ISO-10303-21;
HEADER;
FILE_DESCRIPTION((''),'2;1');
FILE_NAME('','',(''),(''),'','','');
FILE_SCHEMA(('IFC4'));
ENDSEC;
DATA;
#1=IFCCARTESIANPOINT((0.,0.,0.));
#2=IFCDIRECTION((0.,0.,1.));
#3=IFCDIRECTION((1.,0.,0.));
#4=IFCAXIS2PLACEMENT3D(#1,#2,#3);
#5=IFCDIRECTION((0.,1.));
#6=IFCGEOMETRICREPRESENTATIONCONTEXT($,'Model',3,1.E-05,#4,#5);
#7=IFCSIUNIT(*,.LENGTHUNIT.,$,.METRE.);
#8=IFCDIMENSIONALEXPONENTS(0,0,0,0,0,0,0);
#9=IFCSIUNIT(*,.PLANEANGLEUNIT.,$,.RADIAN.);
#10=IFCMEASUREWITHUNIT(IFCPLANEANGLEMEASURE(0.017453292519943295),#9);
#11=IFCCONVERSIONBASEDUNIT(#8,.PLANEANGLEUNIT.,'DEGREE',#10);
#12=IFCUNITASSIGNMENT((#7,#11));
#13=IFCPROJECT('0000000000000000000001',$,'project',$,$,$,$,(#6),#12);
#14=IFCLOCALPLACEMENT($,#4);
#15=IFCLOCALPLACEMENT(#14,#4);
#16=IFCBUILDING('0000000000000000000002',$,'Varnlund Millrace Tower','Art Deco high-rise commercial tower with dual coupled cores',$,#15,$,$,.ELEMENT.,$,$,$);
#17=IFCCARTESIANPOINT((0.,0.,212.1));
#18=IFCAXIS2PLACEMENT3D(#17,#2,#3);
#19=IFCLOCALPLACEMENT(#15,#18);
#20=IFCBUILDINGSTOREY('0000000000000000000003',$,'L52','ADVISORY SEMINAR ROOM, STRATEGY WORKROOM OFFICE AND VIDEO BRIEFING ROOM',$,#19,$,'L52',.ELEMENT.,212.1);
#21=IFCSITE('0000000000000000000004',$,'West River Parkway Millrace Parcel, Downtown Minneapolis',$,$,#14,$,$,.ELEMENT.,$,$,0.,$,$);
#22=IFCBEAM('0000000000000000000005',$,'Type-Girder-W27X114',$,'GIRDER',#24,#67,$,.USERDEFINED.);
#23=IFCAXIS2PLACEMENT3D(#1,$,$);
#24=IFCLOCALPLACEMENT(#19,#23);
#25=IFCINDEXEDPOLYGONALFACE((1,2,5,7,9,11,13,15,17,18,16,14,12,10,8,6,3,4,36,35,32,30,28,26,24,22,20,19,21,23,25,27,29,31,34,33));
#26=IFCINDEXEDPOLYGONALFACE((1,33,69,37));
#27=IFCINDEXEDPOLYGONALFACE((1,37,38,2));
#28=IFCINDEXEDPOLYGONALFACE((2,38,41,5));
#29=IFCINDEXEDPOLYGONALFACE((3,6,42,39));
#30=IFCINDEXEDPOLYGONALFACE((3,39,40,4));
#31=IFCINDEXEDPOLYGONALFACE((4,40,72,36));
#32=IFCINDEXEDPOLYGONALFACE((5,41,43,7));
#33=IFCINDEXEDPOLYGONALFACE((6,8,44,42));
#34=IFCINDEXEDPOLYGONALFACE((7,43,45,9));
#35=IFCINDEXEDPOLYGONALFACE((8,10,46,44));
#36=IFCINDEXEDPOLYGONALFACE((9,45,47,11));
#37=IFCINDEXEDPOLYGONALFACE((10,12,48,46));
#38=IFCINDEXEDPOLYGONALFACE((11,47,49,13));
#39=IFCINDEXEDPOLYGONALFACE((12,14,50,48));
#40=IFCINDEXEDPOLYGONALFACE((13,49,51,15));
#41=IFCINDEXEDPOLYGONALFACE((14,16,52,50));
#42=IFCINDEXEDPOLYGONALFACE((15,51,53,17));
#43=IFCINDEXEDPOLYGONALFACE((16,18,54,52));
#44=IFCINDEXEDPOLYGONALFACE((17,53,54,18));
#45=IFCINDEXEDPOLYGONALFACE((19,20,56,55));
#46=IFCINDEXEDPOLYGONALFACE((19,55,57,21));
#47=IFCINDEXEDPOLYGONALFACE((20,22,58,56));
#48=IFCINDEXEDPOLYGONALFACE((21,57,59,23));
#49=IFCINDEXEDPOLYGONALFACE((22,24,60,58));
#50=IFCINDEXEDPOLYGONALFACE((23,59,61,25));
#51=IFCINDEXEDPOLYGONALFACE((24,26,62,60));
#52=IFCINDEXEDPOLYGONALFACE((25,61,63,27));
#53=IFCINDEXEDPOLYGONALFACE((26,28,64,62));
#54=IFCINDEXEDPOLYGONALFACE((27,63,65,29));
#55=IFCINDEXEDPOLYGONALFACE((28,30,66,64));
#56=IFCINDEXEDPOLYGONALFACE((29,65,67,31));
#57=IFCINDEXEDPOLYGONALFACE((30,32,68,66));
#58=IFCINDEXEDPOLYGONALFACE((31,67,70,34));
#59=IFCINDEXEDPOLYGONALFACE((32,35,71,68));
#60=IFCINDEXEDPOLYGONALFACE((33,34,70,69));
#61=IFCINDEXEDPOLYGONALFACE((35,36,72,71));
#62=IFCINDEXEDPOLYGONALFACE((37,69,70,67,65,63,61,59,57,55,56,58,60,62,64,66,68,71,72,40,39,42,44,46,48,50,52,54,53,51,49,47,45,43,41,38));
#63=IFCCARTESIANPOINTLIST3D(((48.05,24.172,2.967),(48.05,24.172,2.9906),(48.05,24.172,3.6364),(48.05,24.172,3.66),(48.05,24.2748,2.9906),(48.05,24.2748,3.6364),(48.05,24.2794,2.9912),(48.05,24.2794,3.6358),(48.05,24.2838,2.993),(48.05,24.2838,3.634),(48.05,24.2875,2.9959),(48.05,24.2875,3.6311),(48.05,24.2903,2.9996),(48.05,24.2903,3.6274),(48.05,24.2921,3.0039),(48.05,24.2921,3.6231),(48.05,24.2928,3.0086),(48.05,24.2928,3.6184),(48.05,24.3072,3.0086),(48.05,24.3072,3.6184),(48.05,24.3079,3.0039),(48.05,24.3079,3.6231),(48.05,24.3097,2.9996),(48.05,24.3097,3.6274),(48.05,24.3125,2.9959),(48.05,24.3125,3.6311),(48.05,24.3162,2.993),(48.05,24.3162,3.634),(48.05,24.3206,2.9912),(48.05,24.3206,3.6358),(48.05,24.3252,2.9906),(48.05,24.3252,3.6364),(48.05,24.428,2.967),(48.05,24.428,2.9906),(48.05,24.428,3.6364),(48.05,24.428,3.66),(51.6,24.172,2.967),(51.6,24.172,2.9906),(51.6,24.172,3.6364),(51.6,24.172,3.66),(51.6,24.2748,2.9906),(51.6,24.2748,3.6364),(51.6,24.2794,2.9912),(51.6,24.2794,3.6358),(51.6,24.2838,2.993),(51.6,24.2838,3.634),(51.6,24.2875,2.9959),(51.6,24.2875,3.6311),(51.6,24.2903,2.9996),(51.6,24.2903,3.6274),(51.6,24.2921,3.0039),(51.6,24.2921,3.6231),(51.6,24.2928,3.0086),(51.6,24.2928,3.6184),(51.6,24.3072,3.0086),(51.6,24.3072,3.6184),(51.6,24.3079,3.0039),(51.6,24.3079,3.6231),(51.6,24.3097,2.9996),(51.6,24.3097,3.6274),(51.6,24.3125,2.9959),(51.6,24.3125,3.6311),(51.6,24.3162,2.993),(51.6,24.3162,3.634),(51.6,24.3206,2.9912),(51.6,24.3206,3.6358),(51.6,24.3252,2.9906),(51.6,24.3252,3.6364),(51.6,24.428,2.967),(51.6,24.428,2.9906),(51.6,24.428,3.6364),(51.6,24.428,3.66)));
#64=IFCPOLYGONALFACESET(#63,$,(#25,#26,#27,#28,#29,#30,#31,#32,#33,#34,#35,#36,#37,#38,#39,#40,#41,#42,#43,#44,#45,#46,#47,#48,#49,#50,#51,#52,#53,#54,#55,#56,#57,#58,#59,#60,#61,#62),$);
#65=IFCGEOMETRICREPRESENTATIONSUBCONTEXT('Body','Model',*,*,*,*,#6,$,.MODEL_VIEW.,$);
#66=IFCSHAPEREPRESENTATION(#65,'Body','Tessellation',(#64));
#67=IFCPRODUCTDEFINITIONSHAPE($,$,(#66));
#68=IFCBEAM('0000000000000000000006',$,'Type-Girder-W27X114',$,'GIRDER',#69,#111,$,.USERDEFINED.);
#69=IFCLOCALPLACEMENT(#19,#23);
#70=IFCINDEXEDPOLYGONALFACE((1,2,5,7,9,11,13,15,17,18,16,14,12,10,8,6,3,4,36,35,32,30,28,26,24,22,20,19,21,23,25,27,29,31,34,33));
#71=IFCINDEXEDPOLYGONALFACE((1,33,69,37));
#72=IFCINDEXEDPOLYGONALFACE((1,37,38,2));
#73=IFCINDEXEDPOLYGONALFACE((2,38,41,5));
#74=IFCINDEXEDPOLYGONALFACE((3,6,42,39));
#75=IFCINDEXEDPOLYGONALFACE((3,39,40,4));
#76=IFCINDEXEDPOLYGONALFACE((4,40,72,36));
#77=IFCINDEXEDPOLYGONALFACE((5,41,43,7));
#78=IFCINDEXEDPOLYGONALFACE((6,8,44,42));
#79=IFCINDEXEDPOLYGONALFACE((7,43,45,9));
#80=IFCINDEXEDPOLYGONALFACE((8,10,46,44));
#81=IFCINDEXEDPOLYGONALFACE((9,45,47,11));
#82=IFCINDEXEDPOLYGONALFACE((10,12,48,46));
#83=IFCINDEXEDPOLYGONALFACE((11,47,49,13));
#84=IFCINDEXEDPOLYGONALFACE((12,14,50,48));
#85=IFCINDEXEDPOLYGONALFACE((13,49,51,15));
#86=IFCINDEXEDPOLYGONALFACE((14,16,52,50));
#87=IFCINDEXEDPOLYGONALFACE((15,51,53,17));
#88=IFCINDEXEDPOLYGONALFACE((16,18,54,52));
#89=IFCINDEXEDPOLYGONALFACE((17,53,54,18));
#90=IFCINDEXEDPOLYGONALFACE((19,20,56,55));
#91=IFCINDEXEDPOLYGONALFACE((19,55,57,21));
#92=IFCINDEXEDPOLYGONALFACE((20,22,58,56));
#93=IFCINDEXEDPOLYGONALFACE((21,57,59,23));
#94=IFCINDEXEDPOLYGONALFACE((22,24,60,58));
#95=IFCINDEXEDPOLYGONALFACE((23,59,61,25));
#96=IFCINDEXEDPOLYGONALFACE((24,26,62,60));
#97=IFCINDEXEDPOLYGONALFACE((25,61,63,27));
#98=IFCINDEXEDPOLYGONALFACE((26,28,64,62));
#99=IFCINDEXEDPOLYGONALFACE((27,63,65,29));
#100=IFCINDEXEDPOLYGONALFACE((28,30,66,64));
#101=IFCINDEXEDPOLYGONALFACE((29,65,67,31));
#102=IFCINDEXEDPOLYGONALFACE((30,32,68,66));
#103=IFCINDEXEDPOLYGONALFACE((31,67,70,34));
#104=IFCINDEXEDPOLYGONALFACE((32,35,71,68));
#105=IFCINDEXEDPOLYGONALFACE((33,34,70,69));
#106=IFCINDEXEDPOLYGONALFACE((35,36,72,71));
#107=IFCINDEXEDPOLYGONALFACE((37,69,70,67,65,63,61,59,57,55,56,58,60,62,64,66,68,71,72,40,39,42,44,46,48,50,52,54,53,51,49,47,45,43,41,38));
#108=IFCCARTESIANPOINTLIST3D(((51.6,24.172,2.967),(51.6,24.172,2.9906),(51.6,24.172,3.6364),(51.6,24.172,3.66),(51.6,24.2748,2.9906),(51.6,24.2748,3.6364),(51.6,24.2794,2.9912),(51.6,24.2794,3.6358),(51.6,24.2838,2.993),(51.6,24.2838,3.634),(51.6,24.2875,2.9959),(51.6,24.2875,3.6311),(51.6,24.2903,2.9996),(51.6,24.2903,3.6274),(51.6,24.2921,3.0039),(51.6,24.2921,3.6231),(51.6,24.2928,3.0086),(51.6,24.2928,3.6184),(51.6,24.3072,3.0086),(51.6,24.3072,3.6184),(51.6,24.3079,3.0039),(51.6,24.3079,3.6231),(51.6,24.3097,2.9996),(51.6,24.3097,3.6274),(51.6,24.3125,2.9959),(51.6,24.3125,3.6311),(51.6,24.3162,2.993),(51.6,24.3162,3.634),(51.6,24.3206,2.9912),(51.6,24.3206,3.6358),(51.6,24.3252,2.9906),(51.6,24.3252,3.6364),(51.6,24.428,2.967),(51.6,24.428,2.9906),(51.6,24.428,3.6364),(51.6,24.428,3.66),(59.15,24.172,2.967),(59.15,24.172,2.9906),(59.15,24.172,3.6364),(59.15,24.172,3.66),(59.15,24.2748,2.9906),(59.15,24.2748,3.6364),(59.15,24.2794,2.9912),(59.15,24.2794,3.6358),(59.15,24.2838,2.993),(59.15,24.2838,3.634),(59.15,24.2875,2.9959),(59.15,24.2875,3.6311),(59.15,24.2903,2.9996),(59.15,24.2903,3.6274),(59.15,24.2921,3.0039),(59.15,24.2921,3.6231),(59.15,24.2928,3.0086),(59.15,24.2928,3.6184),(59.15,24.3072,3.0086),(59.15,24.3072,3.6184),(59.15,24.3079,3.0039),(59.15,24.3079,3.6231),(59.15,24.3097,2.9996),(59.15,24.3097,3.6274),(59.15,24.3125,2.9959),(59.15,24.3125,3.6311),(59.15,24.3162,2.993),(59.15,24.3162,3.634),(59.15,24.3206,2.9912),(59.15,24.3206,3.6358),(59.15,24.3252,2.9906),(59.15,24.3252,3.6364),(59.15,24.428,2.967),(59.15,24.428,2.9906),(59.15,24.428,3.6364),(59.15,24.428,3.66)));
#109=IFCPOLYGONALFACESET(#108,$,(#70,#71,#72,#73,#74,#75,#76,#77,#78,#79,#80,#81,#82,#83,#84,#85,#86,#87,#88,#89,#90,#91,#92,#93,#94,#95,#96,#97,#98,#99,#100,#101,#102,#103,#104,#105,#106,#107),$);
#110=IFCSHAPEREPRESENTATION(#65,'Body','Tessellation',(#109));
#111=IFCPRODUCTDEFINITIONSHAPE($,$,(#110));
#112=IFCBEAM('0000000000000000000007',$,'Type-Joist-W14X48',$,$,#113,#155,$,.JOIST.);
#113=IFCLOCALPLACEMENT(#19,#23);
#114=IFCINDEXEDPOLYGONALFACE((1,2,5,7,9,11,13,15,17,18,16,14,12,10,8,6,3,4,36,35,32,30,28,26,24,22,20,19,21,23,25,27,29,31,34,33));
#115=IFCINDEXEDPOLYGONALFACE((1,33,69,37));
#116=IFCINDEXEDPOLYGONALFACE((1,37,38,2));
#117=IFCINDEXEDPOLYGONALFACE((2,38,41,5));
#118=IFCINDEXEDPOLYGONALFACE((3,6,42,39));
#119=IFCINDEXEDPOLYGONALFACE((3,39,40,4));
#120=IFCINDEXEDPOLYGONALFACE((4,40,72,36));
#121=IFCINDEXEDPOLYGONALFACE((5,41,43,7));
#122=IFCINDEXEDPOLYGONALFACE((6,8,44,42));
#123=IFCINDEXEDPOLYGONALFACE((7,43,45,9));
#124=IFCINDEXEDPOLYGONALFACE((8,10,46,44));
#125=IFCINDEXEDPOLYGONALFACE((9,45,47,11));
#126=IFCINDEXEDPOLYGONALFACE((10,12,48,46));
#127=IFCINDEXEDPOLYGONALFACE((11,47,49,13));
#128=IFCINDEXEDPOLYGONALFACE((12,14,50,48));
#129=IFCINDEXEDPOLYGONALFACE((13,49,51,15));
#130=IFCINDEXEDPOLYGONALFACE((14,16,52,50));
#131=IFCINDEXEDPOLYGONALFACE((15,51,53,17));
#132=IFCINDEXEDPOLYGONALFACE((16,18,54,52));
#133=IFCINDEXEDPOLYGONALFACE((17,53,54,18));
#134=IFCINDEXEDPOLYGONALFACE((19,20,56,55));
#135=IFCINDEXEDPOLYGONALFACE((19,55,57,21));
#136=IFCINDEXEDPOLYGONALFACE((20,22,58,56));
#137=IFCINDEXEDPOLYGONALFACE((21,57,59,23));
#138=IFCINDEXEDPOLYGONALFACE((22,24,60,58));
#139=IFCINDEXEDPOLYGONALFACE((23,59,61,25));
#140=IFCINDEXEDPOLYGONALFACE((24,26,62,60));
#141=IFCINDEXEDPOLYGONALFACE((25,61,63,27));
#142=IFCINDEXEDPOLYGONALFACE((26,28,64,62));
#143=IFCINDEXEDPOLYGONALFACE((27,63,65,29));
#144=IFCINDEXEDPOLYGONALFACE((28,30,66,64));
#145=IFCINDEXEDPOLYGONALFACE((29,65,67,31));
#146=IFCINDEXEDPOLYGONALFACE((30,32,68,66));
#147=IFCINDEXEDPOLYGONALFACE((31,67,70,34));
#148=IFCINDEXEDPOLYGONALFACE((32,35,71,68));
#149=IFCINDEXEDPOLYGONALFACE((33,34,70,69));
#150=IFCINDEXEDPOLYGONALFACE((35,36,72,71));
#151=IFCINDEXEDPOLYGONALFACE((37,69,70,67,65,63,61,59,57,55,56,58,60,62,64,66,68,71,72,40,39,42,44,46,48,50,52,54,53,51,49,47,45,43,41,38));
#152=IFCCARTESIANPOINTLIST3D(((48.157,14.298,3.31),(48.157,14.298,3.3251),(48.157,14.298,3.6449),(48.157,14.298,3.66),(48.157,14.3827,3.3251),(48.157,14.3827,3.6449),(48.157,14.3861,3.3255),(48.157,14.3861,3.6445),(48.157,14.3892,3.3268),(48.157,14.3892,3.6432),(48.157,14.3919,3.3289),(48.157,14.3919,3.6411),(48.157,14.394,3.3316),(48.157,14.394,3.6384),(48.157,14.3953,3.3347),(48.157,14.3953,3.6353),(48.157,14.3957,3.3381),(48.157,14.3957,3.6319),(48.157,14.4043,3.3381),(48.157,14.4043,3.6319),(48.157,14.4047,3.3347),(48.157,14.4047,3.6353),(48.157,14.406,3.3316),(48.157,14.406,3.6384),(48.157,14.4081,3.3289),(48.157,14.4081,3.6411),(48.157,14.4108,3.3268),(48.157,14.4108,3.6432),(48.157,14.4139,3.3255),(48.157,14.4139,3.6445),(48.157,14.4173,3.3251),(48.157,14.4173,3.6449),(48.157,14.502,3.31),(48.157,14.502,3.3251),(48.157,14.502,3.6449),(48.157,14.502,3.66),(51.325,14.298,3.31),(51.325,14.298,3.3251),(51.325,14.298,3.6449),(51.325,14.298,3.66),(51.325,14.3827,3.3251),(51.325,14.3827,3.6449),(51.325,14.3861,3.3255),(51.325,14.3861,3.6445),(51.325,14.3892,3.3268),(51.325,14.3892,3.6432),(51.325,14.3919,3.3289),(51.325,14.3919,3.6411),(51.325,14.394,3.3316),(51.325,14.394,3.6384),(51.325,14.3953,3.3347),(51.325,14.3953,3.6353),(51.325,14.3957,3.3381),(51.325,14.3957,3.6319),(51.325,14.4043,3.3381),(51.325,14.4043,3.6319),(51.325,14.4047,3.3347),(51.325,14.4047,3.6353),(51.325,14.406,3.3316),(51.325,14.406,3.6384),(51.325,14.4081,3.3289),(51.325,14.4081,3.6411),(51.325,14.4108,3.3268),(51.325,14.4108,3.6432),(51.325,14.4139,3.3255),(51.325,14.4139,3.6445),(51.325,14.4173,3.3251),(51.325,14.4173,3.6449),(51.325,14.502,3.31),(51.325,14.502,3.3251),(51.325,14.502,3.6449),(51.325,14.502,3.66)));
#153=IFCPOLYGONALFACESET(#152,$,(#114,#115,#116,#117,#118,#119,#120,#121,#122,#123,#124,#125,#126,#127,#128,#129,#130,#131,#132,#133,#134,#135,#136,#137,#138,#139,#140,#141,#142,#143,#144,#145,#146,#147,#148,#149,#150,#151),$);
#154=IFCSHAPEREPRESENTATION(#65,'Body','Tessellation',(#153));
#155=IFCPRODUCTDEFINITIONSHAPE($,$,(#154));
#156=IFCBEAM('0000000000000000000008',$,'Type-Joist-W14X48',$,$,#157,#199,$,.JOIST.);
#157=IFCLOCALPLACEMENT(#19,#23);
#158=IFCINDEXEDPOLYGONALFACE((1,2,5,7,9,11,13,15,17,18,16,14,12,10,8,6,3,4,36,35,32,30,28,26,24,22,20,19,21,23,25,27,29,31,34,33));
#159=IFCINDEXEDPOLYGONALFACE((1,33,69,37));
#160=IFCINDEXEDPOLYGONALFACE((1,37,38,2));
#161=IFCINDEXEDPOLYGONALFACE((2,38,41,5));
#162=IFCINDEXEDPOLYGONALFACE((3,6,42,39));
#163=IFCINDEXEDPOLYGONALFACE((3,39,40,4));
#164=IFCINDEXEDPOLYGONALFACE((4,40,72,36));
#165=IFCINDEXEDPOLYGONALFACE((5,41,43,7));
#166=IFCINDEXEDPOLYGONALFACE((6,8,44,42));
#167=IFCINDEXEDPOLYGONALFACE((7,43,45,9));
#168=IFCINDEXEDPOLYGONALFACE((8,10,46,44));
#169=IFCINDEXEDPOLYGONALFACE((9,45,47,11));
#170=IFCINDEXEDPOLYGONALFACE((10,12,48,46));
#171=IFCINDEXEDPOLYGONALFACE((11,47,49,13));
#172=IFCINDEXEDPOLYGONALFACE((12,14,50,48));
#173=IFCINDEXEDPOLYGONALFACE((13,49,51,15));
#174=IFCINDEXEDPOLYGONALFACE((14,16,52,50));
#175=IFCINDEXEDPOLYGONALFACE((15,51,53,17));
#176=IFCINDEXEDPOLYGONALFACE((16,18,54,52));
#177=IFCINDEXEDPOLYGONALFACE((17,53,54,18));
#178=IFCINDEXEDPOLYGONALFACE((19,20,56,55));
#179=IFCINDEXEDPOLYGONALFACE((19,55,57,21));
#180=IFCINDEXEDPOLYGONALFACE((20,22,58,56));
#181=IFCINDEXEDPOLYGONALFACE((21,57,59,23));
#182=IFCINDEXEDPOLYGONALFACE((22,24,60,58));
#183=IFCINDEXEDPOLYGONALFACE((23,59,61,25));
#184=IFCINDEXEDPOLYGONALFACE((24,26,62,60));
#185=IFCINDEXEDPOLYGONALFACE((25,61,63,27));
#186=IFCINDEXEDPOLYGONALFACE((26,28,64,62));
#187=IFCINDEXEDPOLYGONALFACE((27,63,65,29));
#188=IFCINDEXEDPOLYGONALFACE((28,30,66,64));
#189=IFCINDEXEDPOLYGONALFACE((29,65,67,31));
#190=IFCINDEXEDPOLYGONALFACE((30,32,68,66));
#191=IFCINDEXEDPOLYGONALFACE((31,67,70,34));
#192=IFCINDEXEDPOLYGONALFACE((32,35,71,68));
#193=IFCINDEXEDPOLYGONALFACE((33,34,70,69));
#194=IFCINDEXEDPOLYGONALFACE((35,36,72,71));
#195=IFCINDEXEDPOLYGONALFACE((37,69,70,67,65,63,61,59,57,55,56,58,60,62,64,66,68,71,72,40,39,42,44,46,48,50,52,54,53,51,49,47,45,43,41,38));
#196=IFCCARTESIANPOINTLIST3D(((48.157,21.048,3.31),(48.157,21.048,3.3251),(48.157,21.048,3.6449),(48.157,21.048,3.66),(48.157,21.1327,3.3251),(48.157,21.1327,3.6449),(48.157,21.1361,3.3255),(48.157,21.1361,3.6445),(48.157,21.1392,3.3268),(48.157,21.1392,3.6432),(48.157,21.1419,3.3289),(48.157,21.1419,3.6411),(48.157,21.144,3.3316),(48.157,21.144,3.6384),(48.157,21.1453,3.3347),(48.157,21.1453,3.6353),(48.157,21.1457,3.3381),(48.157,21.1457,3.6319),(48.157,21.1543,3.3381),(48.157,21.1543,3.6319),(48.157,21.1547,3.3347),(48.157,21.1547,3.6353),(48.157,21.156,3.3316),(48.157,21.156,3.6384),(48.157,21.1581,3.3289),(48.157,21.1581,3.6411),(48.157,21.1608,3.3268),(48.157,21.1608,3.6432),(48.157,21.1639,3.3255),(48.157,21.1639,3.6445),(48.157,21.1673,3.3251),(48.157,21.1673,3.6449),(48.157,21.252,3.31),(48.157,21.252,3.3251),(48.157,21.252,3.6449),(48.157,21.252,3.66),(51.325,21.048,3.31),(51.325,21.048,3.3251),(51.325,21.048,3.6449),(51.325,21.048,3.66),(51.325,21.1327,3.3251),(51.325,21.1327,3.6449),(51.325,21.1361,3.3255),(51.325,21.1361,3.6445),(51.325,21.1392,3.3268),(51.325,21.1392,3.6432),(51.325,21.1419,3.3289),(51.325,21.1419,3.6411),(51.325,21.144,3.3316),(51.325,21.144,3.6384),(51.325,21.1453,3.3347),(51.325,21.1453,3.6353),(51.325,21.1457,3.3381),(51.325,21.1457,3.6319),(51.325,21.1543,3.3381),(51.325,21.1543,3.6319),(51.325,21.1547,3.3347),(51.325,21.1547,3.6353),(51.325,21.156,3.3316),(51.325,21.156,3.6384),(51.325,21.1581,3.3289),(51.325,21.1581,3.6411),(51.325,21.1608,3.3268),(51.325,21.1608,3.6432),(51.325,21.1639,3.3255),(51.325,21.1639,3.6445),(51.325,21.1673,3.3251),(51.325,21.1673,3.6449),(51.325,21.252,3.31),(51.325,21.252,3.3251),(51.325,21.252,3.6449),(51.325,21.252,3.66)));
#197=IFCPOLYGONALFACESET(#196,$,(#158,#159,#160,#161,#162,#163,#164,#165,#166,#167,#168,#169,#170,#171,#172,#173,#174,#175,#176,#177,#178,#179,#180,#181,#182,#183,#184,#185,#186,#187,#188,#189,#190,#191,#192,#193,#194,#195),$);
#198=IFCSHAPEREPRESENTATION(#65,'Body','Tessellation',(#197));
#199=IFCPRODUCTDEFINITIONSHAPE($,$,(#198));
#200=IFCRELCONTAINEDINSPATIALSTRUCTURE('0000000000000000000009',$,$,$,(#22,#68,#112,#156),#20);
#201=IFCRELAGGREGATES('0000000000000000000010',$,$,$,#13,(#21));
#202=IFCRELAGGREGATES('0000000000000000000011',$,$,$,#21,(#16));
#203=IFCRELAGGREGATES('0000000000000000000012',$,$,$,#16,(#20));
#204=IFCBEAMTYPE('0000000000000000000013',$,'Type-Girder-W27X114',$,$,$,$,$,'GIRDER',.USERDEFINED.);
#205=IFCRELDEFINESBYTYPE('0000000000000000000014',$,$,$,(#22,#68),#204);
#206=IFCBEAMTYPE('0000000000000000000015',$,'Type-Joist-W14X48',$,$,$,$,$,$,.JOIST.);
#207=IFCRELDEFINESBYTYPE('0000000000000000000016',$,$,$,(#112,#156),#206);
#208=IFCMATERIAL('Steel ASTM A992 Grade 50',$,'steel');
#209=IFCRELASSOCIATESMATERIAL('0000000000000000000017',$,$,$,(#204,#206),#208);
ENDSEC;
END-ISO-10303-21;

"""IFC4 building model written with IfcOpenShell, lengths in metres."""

from ifc_helpers import new_model, entity, si_unit, converted_unit, direction, frame, origin_with_axes, origin_2d_with_axis, place, context, subcontext, project, spatial, i_section, extrude, material, material_profile, profile_set, type_object, element, save


model = new_model("IFC4")

# Units and contexts
model_context = context("Model", 3, precision=1e-05, world=origin_with_axes(), true_north=direction((0.0, 1.0)))
body_context = subcontext(model_context, "Body", "Model", "MODEL_VIEW")
ifc_project = project(units=[si_unit("LENGTHUNIT", "METRE"), converted_unit("PLANEANGLEUNIT", "DEGREE", entity("IfcPlaneAngleMeasure", 0.017453292519943295), si_unit("PLANEANGLEUNIT", "RADIAN"), dimensions=[0, 0, 0, 0, 0, 0, 0])], contexts=[model_context])

# Site, building, storey
site_placement = place(None, origin_with_axes())
site = spatial("IfcSite", under=ifc_project, at=site_placement, Name="West River Parkway Millrace Parcel, Downtown Minneapolis", CompositionType="ELEMENT", RefElevation=0.0)
building_placement = place(site_placement, origin_with_axes())
building = spatial("IfcBuilding", under=site, at=building_placement, Name="Varnlund Millrace Tower", Description="Art Deco high-rise commercial tower with dual coupled cores", CompositionType="ELEMENT")
storey_placement = place(building_placement, frame((0.0, 0.0, 212.1), z_axis=(0.0, 0.0, 1.0), x_axis=(1.0, 0.0, 0.0)))
storey = spatial("IfcBuildingStorey", under=building, at=storey_placement, Name="L52", Description="ADVISORY SEMINAR ROOM, STRATEGY WORKROOM OFFICE AND VIDEO BRIEFING ROOM", LongName="L52", CompositionType="ELEMENT", Elevation=212.1)

# Beams
ifc_material_1 = material(Name="Steel ASTM A992 Grade 50", Category="steel")
ifc_material_profile_1 = material_profile(ifc_material_1, i_section(OverallWidth=0.256, OverallDepth=0.693, WebThickness=0.0145, FlangeThickness=0.0236, FilletRadius=0.018, at=origin_2d_with_axis()), Name="Steel ASTM A992 Grade 50")
ifc_profile_set_1 = profile_set([ifc_material_profile_1], Name="Steel ASTM A992 Grade 50")
beam_type_1 = type_object("IfcBeamType", Name="Type-Girder-W27X114", ElementType="GIRDER", PredefinedType="USERDEFINED", material=ifc_profile_set_1)
beam_1_placement = place(storey_placement, frame((48.05, 24.3, 3.3135), z_axis=(1.0, 0.0, 0.0), x_axis=(0.0, 1.0, 0.0)))
element("IfcBeam", 1, at=beam_1_placement, inside=storey, type_object=beam_type_1, Name="Type-Girder-W27X114", ObjectType="GIRDER", PredefinedType="USERDEFINED", context=body_context, shape_type="SweptSolid", body=[
    extrude(i_section(OverallWidth=0.256, OverallDepth=0.693, WebThickness=0.0145, FlangeThickness=0.0236, FilletRadius=0.018, at=origin_2d_with_axis()), origin_with_axes(), (0.0, 0.0, 1.0), 3.55),
])
beam_2_placement = place(storey_placement, frame((51.6, 24.3, 3.3135), z_axis=(1.0, 0.0, 0.0), x_axis=(0.0, 1.0, 0.0)))
element("IfcBeam", 2, at=beam_2_placement, inside=storey, type_object=beam_type_1, Name="Type-Girder-W27X114", ObjectType="GIRDER", PredefinedType="USERDEFINED", context=body_context, shape_type="SweptSolid", body=[
    extrude(i_section(OverallWidth=0.256, OverallDepth=0.693, WebThickness=0.0145, FlangeThickness=0.0236, FilletRadius=0.018, at=origin_2d_with_axis()), origin_with_axes(), (0.0, 0.0, 1.0), 7.55),
])
ifc_material_profile_2 = material_profile(ifc_material_1, i_section(OverallWidth=0.204, OverallDepth=0.35, WebThickness=0.0086, FlangeThickness=0.0151, FilletRadius=0.013, at=origin_2d_with_axis()), Name="Steel ASTM A992 Grade 50")
ifc_profile_set_2 = profile_set([ifc_material_profile_2], Name="Steel ASTM A992 Grade 50")
beam_type_2 = type_object("IfcBeamType", Name="Type-Joist-W14X48", PredefinedType="JOIST", material=ifc_profile_set_2)
for number, where, z_axis, x_axis, name in (
    (3, (48.157, 14.4, 3.485), (1.0, 0.0, 0.0), (0.0, 1.0, 0.0), "Type-Joist-W14X48"),
    (4, (48.157, 21.15, 3.485), (1.0, 0.0, 0.0), (0.0, 1.0, 0.0), "Type-Joist-W14X48"),
):
    element("IfcBeam", number, at=place(storey_placement, frame(where, z_axis=z_axis, x_axis=x_axis)), inside=storey, type_object=beam_type_2, Name=name, PredefinedType="JOIST", context=body_context, shape_type="SweptSolid", body=[
        extrude(i_section(OverallWidth=0.204, OverallDepth=0.35, WebThickness=0.0086, FlangeThickness=0.0151, FilletRadius=0.013, at=origin_2d_with_axis()), origin_with_axes(), (0.0, 0.0, 1.0), 3.168),
    ])

save(model, "model.ifc")
